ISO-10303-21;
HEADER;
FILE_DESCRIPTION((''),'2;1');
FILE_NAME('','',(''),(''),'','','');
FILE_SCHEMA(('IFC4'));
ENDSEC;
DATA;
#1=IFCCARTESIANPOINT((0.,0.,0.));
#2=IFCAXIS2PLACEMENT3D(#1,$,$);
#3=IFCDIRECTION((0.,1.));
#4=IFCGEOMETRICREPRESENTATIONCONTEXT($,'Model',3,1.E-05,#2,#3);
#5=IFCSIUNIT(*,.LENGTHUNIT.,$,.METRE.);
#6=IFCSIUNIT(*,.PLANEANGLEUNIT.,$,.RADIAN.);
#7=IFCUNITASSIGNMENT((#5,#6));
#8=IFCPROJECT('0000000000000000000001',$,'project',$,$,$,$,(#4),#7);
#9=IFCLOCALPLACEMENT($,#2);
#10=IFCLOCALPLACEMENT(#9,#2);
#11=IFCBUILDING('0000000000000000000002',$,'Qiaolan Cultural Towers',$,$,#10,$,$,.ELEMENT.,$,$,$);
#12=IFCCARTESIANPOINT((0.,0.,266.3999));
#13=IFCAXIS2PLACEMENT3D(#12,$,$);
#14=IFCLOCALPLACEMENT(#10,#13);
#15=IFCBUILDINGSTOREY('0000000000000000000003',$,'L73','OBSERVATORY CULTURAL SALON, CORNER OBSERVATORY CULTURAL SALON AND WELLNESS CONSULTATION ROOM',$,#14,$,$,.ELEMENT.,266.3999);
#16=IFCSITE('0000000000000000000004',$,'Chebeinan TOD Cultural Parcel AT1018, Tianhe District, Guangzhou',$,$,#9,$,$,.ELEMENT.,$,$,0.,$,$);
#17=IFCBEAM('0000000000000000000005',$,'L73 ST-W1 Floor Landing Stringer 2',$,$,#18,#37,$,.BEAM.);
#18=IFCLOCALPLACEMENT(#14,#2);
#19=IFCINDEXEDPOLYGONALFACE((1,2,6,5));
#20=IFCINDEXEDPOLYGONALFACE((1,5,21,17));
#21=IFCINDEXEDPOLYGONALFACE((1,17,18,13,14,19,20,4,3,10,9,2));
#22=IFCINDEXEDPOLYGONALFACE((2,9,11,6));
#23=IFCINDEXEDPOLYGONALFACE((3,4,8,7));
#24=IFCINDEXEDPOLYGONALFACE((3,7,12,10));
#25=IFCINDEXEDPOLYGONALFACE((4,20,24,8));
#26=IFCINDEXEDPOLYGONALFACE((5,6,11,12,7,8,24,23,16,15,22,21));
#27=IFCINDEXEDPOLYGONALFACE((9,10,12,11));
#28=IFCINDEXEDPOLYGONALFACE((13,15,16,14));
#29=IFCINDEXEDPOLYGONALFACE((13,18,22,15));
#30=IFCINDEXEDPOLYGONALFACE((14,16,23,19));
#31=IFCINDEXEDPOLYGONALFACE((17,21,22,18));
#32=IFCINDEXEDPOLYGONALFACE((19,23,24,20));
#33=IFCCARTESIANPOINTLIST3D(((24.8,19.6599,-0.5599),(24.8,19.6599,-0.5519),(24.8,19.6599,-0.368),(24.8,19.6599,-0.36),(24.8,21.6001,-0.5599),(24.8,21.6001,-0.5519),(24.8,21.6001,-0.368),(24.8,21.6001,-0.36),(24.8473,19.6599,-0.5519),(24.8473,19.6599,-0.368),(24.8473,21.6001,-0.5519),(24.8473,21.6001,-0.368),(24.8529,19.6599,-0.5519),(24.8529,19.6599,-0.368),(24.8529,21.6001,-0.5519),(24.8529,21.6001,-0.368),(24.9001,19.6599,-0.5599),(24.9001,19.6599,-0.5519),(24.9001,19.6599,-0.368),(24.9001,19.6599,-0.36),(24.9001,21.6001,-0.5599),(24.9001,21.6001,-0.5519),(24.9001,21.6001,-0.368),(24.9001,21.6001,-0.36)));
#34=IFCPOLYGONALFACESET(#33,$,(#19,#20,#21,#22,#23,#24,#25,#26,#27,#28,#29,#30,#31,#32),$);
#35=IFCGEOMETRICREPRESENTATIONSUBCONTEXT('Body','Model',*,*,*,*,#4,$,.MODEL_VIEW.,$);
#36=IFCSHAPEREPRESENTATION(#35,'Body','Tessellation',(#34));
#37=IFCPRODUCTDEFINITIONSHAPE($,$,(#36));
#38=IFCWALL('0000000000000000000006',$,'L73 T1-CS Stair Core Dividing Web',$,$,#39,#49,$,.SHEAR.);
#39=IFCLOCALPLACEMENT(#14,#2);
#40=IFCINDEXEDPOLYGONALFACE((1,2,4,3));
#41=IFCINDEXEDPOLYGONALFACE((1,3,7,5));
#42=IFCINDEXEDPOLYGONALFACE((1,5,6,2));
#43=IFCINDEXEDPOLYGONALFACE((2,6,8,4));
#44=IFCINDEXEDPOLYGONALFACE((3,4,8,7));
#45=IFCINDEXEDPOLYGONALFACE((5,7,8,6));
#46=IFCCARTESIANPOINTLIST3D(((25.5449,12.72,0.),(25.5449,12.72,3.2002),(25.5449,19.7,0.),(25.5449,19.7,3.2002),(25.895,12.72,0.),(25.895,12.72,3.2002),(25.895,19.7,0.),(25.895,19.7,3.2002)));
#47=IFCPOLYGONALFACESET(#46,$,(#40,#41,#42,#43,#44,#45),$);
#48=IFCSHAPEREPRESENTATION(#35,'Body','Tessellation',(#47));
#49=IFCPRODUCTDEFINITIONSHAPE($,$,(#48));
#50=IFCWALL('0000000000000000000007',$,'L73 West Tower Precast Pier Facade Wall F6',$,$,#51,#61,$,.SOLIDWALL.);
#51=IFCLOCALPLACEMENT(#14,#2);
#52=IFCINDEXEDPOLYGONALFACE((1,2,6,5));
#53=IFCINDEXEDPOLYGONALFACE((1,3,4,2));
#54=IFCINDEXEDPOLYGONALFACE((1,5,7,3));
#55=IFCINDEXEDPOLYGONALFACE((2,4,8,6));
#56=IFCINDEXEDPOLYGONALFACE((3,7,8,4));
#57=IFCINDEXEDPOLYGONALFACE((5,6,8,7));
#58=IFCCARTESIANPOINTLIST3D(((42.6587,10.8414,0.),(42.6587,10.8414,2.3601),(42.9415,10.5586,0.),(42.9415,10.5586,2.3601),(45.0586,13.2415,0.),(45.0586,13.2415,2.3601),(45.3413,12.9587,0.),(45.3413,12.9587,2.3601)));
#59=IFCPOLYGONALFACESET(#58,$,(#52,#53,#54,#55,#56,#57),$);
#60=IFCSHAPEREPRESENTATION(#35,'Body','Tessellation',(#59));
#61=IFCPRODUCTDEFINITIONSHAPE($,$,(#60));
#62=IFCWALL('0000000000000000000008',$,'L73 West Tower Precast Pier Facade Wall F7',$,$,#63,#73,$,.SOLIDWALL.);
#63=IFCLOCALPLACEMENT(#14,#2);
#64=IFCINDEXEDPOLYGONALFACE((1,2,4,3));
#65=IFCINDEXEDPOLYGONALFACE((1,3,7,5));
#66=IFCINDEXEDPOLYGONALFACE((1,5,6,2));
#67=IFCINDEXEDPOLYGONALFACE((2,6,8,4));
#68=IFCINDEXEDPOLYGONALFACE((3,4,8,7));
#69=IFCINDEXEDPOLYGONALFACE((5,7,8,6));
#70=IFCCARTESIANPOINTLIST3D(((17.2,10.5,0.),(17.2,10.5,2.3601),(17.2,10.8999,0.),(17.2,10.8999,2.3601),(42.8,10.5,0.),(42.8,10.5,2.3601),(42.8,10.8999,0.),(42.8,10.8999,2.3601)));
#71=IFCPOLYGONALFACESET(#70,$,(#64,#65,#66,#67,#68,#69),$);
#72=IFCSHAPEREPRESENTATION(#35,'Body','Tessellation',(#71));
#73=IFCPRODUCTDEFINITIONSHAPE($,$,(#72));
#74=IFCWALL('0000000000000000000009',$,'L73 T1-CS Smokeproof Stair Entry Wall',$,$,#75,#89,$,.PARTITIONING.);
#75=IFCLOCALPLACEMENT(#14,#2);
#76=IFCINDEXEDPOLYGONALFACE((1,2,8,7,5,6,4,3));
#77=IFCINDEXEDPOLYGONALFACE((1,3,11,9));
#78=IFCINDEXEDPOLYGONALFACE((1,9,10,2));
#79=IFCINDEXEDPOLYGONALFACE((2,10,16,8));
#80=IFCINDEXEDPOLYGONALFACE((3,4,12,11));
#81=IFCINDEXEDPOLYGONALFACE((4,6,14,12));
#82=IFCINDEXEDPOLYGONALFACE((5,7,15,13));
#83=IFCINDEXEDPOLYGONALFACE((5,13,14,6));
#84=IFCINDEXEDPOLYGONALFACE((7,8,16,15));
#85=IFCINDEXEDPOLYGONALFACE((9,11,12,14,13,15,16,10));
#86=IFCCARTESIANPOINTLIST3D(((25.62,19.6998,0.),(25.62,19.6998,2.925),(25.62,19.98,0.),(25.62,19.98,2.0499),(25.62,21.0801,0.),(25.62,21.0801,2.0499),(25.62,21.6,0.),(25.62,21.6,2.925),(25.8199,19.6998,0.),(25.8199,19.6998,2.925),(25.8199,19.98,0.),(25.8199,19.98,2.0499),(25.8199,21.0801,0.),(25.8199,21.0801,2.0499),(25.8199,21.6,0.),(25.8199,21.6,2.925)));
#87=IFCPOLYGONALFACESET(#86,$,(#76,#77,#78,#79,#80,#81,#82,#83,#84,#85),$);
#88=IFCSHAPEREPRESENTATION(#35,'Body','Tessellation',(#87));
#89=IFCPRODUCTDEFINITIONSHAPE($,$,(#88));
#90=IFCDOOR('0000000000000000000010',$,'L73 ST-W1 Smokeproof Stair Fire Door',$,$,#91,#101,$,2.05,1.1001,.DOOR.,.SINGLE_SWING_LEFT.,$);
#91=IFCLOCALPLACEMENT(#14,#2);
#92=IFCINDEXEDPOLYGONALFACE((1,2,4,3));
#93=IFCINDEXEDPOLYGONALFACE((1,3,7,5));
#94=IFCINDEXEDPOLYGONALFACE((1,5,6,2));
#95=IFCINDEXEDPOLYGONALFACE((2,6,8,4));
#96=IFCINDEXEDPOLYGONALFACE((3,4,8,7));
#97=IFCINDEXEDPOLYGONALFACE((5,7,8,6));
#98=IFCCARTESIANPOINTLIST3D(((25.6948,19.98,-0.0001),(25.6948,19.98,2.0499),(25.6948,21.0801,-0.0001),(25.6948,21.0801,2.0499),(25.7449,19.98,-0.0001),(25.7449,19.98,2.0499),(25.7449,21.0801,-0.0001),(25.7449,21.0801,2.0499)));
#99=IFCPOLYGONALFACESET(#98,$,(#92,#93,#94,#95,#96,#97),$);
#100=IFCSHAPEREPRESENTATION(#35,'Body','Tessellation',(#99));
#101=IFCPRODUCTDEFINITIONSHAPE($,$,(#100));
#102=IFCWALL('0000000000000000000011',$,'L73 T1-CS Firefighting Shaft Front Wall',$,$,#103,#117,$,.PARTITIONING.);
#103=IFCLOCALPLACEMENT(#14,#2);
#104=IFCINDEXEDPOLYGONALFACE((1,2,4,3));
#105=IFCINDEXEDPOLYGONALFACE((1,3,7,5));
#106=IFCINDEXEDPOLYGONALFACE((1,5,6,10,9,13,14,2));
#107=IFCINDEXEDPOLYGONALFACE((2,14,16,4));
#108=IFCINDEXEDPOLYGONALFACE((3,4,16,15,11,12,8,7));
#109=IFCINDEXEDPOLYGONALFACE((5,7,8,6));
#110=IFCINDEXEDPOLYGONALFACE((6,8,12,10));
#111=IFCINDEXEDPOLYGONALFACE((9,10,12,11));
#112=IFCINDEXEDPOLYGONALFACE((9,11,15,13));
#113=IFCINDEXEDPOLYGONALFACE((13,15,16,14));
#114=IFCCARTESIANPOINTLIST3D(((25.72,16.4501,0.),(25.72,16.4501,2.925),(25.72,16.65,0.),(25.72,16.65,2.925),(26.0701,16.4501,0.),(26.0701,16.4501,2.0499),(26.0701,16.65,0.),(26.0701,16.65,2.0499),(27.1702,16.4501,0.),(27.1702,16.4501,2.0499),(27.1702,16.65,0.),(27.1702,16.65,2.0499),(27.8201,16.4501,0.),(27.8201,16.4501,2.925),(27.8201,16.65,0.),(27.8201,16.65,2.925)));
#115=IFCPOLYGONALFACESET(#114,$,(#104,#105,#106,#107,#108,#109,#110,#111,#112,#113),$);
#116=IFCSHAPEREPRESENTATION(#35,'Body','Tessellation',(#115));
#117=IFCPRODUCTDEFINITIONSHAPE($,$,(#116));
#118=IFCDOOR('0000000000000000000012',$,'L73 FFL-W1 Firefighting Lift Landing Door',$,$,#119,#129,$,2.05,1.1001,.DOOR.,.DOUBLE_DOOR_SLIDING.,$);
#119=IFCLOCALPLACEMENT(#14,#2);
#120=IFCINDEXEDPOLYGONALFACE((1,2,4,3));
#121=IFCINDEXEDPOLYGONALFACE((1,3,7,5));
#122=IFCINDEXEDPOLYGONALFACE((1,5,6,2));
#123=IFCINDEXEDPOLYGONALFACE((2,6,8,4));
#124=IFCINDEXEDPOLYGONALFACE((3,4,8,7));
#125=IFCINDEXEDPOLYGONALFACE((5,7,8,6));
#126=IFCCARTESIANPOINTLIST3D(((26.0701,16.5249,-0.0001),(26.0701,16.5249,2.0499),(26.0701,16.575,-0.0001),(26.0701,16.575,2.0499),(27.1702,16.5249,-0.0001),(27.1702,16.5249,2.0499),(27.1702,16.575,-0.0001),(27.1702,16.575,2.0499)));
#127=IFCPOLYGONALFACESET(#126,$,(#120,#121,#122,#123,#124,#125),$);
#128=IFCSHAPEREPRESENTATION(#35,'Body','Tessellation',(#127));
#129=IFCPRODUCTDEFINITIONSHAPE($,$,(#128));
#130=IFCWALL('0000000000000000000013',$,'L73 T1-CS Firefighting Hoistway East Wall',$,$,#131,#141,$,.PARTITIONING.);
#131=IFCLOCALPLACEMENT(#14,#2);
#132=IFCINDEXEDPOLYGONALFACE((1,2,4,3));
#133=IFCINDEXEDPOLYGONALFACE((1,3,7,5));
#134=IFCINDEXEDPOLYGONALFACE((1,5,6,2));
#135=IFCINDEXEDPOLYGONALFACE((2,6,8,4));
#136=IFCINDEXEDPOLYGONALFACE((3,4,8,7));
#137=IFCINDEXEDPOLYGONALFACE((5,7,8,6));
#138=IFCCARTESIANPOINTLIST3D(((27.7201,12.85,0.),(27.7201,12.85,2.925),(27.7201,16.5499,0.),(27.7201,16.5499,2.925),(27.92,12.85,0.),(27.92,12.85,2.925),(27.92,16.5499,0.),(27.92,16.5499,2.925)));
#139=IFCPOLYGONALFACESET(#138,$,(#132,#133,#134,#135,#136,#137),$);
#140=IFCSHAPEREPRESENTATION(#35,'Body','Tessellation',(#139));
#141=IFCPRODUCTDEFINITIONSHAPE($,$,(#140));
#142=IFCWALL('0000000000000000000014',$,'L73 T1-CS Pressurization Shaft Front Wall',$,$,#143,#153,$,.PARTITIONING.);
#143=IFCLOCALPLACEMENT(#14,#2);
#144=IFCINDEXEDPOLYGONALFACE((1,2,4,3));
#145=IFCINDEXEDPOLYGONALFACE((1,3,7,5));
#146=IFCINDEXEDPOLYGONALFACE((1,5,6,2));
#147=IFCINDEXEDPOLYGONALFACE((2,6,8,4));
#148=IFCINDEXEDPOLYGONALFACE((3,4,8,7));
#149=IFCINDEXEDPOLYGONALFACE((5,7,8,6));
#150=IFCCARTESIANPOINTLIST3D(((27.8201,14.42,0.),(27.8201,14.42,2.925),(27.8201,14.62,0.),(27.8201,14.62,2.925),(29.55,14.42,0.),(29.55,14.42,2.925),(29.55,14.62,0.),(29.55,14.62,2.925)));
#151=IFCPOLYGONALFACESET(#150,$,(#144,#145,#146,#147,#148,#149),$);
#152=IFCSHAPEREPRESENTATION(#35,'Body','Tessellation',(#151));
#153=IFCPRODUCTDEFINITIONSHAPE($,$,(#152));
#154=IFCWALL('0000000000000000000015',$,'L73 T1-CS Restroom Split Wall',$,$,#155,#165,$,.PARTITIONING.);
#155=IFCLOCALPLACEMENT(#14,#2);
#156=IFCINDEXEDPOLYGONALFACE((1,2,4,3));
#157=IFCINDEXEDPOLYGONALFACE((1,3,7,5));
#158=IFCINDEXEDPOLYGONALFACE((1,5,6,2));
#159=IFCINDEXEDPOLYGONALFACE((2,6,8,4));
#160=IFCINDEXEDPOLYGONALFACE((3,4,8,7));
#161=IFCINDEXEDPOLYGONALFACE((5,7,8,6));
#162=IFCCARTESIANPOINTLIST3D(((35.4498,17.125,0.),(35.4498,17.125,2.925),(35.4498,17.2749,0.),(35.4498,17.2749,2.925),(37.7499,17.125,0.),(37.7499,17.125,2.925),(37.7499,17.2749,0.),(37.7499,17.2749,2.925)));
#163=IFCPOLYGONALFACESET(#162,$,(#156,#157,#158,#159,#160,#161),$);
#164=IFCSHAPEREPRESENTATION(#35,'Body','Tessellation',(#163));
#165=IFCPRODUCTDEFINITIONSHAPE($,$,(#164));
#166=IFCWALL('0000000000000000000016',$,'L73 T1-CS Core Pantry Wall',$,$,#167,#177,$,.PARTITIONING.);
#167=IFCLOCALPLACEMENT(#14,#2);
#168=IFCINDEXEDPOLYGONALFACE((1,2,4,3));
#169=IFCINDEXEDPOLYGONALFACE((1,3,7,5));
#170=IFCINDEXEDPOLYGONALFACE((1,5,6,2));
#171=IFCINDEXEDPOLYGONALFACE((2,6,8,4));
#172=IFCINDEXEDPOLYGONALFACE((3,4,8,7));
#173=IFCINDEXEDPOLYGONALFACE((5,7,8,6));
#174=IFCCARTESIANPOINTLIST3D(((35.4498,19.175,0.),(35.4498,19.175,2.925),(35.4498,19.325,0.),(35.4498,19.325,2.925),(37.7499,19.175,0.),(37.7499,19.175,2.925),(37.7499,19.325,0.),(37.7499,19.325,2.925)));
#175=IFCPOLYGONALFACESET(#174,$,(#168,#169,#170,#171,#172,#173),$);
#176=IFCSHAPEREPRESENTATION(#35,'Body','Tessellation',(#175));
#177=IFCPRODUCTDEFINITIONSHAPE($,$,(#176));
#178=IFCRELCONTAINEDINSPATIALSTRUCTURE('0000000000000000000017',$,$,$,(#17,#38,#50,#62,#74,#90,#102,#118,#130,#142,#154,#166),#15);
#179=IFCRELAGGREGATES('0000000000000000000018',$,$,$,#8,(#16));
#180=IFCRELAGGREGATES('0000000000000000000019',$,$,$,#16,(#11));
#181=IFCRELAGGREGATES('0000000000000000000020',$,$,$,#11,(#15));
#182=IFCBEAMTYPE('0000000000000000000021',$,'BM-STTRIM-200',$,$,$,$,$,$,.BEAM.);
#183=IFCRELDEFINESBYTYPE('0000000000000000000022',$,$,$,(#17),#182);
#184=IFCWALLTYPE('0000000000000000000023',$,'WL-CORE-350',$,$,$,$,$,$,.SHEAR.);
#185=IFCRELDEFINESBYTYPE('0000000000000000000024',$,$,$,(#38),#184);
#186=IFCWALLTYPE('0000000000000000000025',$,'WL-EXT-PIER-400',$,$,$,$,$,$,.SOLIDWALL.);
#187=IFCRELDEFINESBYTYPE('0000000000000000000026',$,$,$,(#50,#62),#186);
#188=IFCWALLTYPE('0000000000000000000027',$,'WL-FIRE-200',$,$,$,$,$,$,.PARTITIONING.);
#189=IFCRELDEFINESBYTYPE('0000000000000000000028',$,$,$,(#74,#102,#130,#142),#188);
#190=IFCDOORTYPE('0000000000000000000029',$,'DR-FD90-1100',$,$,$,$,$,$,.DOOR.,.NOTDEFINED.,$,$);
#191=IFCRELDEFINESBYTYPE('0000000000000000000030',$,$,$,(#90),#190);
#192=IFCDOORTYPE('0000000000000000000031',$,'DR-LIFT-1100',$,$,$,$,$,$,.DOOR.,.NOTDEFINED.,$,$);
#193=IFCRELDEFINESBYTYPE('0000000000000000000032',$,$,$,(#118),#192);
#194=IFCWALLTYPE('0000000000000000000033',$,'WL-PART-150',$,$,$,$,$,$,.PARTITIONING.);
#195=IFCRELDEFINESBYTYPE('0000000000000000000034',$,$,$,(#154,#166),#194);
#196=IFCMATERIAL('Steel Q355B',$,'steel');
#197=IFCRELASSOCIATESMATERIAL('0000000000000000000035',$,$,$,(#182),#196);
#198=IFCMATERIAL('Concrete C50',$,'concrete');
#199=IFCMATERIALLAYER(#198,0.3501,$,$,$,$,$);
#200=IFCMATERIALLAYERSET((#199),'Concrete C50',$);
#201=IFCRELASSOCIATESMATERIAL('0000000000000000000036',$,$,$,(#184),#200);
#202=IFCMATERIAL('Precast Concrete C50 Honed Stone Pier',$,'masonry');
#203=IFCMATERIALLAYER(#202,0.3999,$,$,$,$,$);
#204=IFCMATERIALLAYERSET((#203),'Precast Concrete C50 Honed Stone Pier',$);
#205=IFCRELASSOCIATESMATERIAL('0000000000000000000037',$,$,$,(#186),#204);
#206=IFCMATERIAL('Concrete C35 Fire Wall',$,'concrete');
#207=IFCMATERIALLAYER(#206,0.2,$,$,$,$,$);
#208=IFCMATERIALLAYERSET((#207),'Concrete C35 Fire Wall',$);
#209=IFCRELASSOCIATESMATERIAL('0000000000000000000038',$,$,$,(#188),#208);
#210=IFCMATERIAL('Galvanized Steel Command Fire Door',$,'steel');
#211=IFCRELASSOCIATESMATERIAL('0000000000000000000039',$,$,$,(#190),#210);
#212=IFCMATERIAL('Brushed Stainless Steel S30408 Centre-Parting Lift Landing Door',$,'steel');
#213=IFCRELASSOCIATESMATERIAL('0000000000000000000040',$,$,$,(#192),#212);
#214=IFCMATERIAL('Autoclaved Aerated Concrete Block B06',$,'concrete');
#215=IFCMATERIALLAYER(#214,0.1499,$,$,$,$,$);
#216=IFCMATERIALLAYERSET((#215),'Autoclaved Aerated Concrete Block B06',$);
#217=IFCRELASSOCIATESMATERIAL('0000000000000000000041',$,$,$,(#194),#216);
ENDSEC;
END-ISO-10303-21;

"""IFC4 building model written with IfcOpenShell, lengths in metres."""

from ifc_helpers import new_model, si_unit, direction, frame, frame_2d, origin, origin_2d, place, context, subcontext, project, spatial, rectangle, i_section, extrude, material, layer, layer_set, material_profile, profile_set, type_object, element, fill, save


model = new_model("IFC4")

# Units and contexts
model_context = context("Model", 3, precision=1e-05, world=origin(), true_north=direction((0.0, 1.0)))
body_context = subcontext(model_context, "Body", "Model", "MODEL_VIEW")
ifc_project = project(units=[si_unit("LENGTHUNIT", "METRE"), si_unit("PLANEANGLEUNIT", "RADIAN")], contexts=[model_context])

# Site, building, storey
site_placement = place(None, origin())
site = spatial("IfcSite", under=ifc_project, at=site_placement, Name="Chebeinan TOD Cultural Parcel AT1018, Tianhe District, Guangzhou", CompositionType="ELEMENT", RefElevation=0.0)
building_placement = place(site_placement, origin())
building = spatial("IfcBuilding", under=site, at=building_placement, Name="Qiaolan Cultural Towers", CompositionType="ELEMENT")
storey_placement = place(building_placement, frame((0.0, 0.0, 266.3999)))
storey = spatial("IfcBuildingStorey", under=building, at=storey_placement, Name="L73", Description="OBSERVATORY CULTURAL SALON, CORNER OBSERVATORY CULTURAL SALON AND WELLNESS CONSULTATION ROOM", CompositionType="ELEMENT", Elevation=266.3999)

# Beam
ifc_material_1 = material(Name="Steel Q355B", Category="steel")
ifc_material_profile_1 = material_profile(ifc_material_1, i_section(OverallWidth=0.1001, OverallDepth=0.2, WebThickness=0.0056, FlangeThickness=0.0081, at=origin_2d()), Name="HN200x100x5.5x8")
ifc_profile_set_1 = profile_set([ifc_material_profile_1], Name="Steel Q355B")
beam_type_1 = type_object("IfcBeamType", Name="BM-STTRIM-200", PredefinedType="BEAM", material=ifc_profile_set_1)
beam_1_placement = place(storey_placement, frame((24.8501, 21.6001, -0.46), z_axis=(0.0, -1.0, 0.0), x_axis=(1.0, 0.0, 0.0)))
element("IfcBeam", 1, at=beam_1_placement, inside=storey, type_object=beam_type_1, Name="L73 ST-W1 Floor Landing Stringer 2", PredefinedType="BEAM", context=body_context, shape_type="SweptSolid", body=[
    extrude(i_section(OverallWidth=0.1001, OverallDepth=0.2, WebThickness=0.0056, FlangeThickness=0.0081, at=origin_2d()), origin(), (0.0, 0.0, 1.0), 1.9402),
])

# Walls
ifc_material_2 = material(Name="Concrete C50", Category="concrete")
ifc_layer_1 = layer(ifc_material_2, 0.3501)
ifc_layer_set_1 = layer_set([ifc_layer_1], Name="Concrete C50")
wall_type_1 = type_object("IfcWallType", Name="WL-CORE-350", PredefinedType="SHEAR", material=ifc_layer_set_1)
wall_1_placement = place(storey_placement, frame((25.72, 19.7, 0.0), z_axis=(0.0, 0.0, 1.0), x_axis=(0.0, -1.0, 0.0)))
element("IfcWall", 2, at=wall_1_placement, inside=storey, type_object=wall_type_1, Name="L73 T1-CS Stair Core Dividing Web", PredefinedType="SHEAR", context=body_context, shape_type="SweptSolid", body=[
    extrude(rectangle(XDim=6.98, YDim=0.3501, at=frame_2d((3.49, 0.0))), origin(), (0.0, 0.0, 1.0), 3.2002),
])
ifc_material_3 = material(Name="Precast Concrete C50 Honed Stone Pier", Category="masonry")
ifc_layer_2 = layer(ifc_material_3, 0.3999)
ifc_layer_set_2 = layer_set([ifc_layer_2], Name="Precast Concrete C50 Honed Stone Pier")
wall_type_2 = type_object("IfcWallType", Name="WL-EXT-PIER-400", PredefinedType="SOLIDWALL", material=ifc_layer_set_2)
wall_2_placement = place(storey_placement, frame((45.2, 13.1001, 0.0), z_axis=(0.0, 0.0, 1.0), x_axis=(-0.707071, -0.707143, 0.0)))
element("IfcWall", 3, at=wall_2_placement, inside=storey, type_object=wall_type_2, Name="L73 West Tower Precast Pier Facade Wall F6", PredefinedType="SOLIDWALL", context=body_context, shape_type="SweptSolid", body=[
    extrude(rectangle(XDim=3.394, YDim=0.3999, at=frame_2d((1.697, 0.0))), origin(), (0.0, 0.0, 1.0), 2.3601),
])
wall_3_placement = place(storey_placement, frame((42.8, 10.7, 0.0), z_axis=(0.0, 0.0, 1.0), x_axis=(-1.0, 0.0, 0.0)))
element("IfcWall", 4, at=wall_3_placement, inside=storey, type_object=wall_type_2, Name="L73 West Tower Precast Pier Facade Wall F7", PredefinedType="SOLIDWALL", context=body_context, shape_type="SweptSolid", body=[
    extrude(rectangle(XDim=25.6001, YDim=0.3999, at=frame_2d((12.8, 0.0))), origin(), (0.0, 0.0, 1.0), 2.3601),
])

# Walls, openings, doors
ifc_material_4 = material(Name="Concrete C35 Fire Wall", Category="concrete")
ifc_layer_3 = layer(ifc_material_4, 0.2)
ifc_layer_set_3 = layer_set([ifc_layer_3], Name="Concrete C35 Fire Wall")
wall_type_3 = type_object("IfcWallType", Name="WL-FIRE-200", PredefinedType="PARTITIONING", material=ifc_layer_set_3)
wall_4_placement = place(storey_placement, frame((25.72, 21.6001, 0.0), z_axis=(0.0, 0.0, 1.0), x_axis=(0.0, -1.0, 0.0)))
wall_4 = element("IfcWall", 5, at=wall_4_placement, inside=storey, type_object=wall_type_3, Name="L73 T1-CS Smokeproof Stair Entry Wall", PredefinedType="PARTITIONING", context=body_context, shape_type="SweptSolid", body=[
    extrude(rectangle(XDim=1.9001, YDim=0.2, at=frame_2d((0.9502, 0.0))), origin(), (0.0, 0.0, 1.0), 2.925),
])
opening_1_placement = place(wall_4_placement, frame((0.52, 0.0, 0.0)))
opening_1 = element("IfcOpeningElement", 6, at=opening_1_placement, cuts=wall_4, PredefinedType="OPENING", context=body_context, shape_type="SweptSolid", body=[
    extrude(rectangle(XDim=1.1001, YDim=2.05, at=frame_2d((0.55, 1.0249))), frame((0.0, 0.1099, 0.0), z_axis=(0.0, -1.0, 0.0), x_axis=(1.0, 0.0, 0.0)), (0.0, 0.0, 1.0), 0.22),
])
ifc_material_5 = material(Name="Galvanized Steel Command Fire Door", Category="steel")
door_type_1 = type_object("IfcDoorType", Name="DR-FD90-1100", OperationType="NOTDEFINED", PredefinedType="DOOR", material=ifc_material_5)
door_1_placement = place(opening_1_placement, origin())
door_1 = element("IfcDoor", 7, at=door_1_placement, inside=storey, type_object=door_type_1, Name="L73 ST-W1 Smokeproof Stair Fire Door", OperationType="SINGLE_SWING_LEFT", OverallHeight=2.05, OverallWidth=1.1001, PredefinedType="DOOR", context=body_context, shape_type="SweptSolid", body=[
    extrude(rectangle(XDim=1.1001, YDim=2.05, at=frame_2d((0.55, 1.0249))), frame((0.0, 0.0249, 0.0), z_axis=(0.0, -1.0, 0.0), x_axis=(1.0, 0.0, 0.0)), (0.0, 0.0, 1.0), 0.05),
])
fill(opening_1, door_1)
wall_5_placement = place(storey_placement, frame((25.72, 16.55, 0.0), z_axis=(0.0, 0.0, 1.0), x_axis=(1.0, 0.0, 0.0)))
wall_5 = element("IfcWall", 8, at=wall_5_placement, inside=storey, type_object=wall_type_3, Name="L73 T1-CS Firefighting Shaft Front Wall", PredefinedType="PARTITIONING", context=body_context, shape_type="SweptSolid", body=[
    extrude(rectangle(XDim=2.1001, YDim=0.2, at=frame_2d((1.05, 0.0))), origin(), (0.0, 0.0, 1.0), 2.925),
])
opening_2_placement = place(wall_5_placement, frame((0.3501, 0.0, 0.0)))
opening_2 = element("IfcOpeningElement", 9, at=opening_2_placement, cuts=wall_5, PredefinedType="OPENING", context=body_context, shape_type="SweptSolid", body=[
    extrude(rectangle(XDim=1.1001, YDim=2.05, at=frame_2d((0.55, 1.0249))), frame((0.0, 0.1099, 0.0), z_axis=(0.0, -1.0, 0.0), x_axis=(1.0, 0.0, 0.0)), (0.0, 0.0, 1.0), 0.22),
])
ifc_material_6 = material(Name="Brushed Stainless Steel S30408 Centre-Parting Lift Landing Door", Category="steel")
door_type_2 = type_object("IfcDoorType", Name="DR-LIFT-1100", OperationType="NOTDEFINED", PredefinedType="DOOR", material=ifc_material_6)
door_2_placement = place(opening_2_placement, origin())
door_2 = element("IfcDoor", 10, at=door_2_placement, inside=storey, type_object=door_type_2, Name="L73 FFL-W1 Firefighting Lift Landing Door", OperationType="DOUBLE_DOOR_SLIDING", OverallHeight=2.05, OverallWidth=1.1001, PredefinedType="DOOR", context=body_context, shape_type="SweptSolid", body=[
    extrude(rectangle(XDim=1.1001, YDim=2.05, at=frame_2d((0.55, 1.0249))), frame((0.0, 0.0249, 0.0), z_axis=(0.0, -1.0, 0.0), x_axis=(1.0, 0.0, 0.0)), (0.0, 0.0, 1.0), 0.05),
])
fill(opening_2, door_2)

# Walls
wall_6_placement = place(storey_placement, frame((27.8201, 16.55, 0.0), z_axis=(0.0, 0.0, 1.0), x_axis=(0.0, -1.0, 0.0)))
element("IfcWall", 11, at=wall_6_placement, inside=storey, type_object=wall_type_3, Name="L73 T1-CS Firefighting Hoistway East Wall", PredefinedType="PARTITIONING", context=body_context, shape_type="SweptSolid", body=[
    extrude(rectangle(XDim=3.7, YDim=0.2, at=frame_2d((1.8501, 0.0))), origin(), (0.0, 0.0, 1.0), 2.925),
])
wall_7_placement = place(storey_placement, frame((27.8201, 14.52, 0.0), z_axis=(0.0, 0.0, 1.0), x_axis=(1.0, 0.0, 0.0)))
element("IfcWall", 12, at=wall_7_placement, inside=storey, type_object=wall_type_3, Name="L73 T1-CS Pressurization Shaft Front Wall", PredefinedType="PARTITIONING", context=body_context, shape_type="SweptSolid", body=[
    extrude(rectangle(XDim=1.73, YDim=0.2, at=frame_2d((0.865, 0.0))), origin(), (0.0, 0.0, 1.0), 2.925),
])
ifc_material_7 = material(Name="Autoclaved Aerated Concrete Block B06", Category="concrete")
ifc_layer_4 = layer(ifc_material_7, 0.1499)
ifc_layer_set_4 = layer_set([ifc_layer_4], Name="Autoclaved Aerated Concrete Block B06")
wall_type_4 = type_object("IfcWallType", Name="WL-PART-150", PredefinedType="PARTITIONING", material=ifc_layer_set_4)
for number, where, z_axis, x_axis, name in (
    (13, (35.45, 17.2, 0.0), (0.0, 0.0, 1.0), (1.0, 0.0, 0.0), "L73 T1-CS Restroom Split Wall"),
    (14, (35.45, 19.25, 0.0), (0.0, 0.0, 1.0), (1.0, 0.0, 0.0), "L73 T1-CS Core Pantry Wall"),
):
    element("IfcWall", number, at=place(storey_placement, frame(where, z_axis=z_axis, x_axis=x_axis)), inside=storey, type_object=wall_type_4, Name=name, PredefinedType="PARTITIONING", context=body_context, shape_type="SweptSolid", body=[
        extrude(rectangle(XDim=2.3, YDim=0.1499, at=frame_2d((1.1499, 0.0))), origin(), (0.0, 0.0, 1.0), 2.925),
    ])

save(model, "model.ifc")
